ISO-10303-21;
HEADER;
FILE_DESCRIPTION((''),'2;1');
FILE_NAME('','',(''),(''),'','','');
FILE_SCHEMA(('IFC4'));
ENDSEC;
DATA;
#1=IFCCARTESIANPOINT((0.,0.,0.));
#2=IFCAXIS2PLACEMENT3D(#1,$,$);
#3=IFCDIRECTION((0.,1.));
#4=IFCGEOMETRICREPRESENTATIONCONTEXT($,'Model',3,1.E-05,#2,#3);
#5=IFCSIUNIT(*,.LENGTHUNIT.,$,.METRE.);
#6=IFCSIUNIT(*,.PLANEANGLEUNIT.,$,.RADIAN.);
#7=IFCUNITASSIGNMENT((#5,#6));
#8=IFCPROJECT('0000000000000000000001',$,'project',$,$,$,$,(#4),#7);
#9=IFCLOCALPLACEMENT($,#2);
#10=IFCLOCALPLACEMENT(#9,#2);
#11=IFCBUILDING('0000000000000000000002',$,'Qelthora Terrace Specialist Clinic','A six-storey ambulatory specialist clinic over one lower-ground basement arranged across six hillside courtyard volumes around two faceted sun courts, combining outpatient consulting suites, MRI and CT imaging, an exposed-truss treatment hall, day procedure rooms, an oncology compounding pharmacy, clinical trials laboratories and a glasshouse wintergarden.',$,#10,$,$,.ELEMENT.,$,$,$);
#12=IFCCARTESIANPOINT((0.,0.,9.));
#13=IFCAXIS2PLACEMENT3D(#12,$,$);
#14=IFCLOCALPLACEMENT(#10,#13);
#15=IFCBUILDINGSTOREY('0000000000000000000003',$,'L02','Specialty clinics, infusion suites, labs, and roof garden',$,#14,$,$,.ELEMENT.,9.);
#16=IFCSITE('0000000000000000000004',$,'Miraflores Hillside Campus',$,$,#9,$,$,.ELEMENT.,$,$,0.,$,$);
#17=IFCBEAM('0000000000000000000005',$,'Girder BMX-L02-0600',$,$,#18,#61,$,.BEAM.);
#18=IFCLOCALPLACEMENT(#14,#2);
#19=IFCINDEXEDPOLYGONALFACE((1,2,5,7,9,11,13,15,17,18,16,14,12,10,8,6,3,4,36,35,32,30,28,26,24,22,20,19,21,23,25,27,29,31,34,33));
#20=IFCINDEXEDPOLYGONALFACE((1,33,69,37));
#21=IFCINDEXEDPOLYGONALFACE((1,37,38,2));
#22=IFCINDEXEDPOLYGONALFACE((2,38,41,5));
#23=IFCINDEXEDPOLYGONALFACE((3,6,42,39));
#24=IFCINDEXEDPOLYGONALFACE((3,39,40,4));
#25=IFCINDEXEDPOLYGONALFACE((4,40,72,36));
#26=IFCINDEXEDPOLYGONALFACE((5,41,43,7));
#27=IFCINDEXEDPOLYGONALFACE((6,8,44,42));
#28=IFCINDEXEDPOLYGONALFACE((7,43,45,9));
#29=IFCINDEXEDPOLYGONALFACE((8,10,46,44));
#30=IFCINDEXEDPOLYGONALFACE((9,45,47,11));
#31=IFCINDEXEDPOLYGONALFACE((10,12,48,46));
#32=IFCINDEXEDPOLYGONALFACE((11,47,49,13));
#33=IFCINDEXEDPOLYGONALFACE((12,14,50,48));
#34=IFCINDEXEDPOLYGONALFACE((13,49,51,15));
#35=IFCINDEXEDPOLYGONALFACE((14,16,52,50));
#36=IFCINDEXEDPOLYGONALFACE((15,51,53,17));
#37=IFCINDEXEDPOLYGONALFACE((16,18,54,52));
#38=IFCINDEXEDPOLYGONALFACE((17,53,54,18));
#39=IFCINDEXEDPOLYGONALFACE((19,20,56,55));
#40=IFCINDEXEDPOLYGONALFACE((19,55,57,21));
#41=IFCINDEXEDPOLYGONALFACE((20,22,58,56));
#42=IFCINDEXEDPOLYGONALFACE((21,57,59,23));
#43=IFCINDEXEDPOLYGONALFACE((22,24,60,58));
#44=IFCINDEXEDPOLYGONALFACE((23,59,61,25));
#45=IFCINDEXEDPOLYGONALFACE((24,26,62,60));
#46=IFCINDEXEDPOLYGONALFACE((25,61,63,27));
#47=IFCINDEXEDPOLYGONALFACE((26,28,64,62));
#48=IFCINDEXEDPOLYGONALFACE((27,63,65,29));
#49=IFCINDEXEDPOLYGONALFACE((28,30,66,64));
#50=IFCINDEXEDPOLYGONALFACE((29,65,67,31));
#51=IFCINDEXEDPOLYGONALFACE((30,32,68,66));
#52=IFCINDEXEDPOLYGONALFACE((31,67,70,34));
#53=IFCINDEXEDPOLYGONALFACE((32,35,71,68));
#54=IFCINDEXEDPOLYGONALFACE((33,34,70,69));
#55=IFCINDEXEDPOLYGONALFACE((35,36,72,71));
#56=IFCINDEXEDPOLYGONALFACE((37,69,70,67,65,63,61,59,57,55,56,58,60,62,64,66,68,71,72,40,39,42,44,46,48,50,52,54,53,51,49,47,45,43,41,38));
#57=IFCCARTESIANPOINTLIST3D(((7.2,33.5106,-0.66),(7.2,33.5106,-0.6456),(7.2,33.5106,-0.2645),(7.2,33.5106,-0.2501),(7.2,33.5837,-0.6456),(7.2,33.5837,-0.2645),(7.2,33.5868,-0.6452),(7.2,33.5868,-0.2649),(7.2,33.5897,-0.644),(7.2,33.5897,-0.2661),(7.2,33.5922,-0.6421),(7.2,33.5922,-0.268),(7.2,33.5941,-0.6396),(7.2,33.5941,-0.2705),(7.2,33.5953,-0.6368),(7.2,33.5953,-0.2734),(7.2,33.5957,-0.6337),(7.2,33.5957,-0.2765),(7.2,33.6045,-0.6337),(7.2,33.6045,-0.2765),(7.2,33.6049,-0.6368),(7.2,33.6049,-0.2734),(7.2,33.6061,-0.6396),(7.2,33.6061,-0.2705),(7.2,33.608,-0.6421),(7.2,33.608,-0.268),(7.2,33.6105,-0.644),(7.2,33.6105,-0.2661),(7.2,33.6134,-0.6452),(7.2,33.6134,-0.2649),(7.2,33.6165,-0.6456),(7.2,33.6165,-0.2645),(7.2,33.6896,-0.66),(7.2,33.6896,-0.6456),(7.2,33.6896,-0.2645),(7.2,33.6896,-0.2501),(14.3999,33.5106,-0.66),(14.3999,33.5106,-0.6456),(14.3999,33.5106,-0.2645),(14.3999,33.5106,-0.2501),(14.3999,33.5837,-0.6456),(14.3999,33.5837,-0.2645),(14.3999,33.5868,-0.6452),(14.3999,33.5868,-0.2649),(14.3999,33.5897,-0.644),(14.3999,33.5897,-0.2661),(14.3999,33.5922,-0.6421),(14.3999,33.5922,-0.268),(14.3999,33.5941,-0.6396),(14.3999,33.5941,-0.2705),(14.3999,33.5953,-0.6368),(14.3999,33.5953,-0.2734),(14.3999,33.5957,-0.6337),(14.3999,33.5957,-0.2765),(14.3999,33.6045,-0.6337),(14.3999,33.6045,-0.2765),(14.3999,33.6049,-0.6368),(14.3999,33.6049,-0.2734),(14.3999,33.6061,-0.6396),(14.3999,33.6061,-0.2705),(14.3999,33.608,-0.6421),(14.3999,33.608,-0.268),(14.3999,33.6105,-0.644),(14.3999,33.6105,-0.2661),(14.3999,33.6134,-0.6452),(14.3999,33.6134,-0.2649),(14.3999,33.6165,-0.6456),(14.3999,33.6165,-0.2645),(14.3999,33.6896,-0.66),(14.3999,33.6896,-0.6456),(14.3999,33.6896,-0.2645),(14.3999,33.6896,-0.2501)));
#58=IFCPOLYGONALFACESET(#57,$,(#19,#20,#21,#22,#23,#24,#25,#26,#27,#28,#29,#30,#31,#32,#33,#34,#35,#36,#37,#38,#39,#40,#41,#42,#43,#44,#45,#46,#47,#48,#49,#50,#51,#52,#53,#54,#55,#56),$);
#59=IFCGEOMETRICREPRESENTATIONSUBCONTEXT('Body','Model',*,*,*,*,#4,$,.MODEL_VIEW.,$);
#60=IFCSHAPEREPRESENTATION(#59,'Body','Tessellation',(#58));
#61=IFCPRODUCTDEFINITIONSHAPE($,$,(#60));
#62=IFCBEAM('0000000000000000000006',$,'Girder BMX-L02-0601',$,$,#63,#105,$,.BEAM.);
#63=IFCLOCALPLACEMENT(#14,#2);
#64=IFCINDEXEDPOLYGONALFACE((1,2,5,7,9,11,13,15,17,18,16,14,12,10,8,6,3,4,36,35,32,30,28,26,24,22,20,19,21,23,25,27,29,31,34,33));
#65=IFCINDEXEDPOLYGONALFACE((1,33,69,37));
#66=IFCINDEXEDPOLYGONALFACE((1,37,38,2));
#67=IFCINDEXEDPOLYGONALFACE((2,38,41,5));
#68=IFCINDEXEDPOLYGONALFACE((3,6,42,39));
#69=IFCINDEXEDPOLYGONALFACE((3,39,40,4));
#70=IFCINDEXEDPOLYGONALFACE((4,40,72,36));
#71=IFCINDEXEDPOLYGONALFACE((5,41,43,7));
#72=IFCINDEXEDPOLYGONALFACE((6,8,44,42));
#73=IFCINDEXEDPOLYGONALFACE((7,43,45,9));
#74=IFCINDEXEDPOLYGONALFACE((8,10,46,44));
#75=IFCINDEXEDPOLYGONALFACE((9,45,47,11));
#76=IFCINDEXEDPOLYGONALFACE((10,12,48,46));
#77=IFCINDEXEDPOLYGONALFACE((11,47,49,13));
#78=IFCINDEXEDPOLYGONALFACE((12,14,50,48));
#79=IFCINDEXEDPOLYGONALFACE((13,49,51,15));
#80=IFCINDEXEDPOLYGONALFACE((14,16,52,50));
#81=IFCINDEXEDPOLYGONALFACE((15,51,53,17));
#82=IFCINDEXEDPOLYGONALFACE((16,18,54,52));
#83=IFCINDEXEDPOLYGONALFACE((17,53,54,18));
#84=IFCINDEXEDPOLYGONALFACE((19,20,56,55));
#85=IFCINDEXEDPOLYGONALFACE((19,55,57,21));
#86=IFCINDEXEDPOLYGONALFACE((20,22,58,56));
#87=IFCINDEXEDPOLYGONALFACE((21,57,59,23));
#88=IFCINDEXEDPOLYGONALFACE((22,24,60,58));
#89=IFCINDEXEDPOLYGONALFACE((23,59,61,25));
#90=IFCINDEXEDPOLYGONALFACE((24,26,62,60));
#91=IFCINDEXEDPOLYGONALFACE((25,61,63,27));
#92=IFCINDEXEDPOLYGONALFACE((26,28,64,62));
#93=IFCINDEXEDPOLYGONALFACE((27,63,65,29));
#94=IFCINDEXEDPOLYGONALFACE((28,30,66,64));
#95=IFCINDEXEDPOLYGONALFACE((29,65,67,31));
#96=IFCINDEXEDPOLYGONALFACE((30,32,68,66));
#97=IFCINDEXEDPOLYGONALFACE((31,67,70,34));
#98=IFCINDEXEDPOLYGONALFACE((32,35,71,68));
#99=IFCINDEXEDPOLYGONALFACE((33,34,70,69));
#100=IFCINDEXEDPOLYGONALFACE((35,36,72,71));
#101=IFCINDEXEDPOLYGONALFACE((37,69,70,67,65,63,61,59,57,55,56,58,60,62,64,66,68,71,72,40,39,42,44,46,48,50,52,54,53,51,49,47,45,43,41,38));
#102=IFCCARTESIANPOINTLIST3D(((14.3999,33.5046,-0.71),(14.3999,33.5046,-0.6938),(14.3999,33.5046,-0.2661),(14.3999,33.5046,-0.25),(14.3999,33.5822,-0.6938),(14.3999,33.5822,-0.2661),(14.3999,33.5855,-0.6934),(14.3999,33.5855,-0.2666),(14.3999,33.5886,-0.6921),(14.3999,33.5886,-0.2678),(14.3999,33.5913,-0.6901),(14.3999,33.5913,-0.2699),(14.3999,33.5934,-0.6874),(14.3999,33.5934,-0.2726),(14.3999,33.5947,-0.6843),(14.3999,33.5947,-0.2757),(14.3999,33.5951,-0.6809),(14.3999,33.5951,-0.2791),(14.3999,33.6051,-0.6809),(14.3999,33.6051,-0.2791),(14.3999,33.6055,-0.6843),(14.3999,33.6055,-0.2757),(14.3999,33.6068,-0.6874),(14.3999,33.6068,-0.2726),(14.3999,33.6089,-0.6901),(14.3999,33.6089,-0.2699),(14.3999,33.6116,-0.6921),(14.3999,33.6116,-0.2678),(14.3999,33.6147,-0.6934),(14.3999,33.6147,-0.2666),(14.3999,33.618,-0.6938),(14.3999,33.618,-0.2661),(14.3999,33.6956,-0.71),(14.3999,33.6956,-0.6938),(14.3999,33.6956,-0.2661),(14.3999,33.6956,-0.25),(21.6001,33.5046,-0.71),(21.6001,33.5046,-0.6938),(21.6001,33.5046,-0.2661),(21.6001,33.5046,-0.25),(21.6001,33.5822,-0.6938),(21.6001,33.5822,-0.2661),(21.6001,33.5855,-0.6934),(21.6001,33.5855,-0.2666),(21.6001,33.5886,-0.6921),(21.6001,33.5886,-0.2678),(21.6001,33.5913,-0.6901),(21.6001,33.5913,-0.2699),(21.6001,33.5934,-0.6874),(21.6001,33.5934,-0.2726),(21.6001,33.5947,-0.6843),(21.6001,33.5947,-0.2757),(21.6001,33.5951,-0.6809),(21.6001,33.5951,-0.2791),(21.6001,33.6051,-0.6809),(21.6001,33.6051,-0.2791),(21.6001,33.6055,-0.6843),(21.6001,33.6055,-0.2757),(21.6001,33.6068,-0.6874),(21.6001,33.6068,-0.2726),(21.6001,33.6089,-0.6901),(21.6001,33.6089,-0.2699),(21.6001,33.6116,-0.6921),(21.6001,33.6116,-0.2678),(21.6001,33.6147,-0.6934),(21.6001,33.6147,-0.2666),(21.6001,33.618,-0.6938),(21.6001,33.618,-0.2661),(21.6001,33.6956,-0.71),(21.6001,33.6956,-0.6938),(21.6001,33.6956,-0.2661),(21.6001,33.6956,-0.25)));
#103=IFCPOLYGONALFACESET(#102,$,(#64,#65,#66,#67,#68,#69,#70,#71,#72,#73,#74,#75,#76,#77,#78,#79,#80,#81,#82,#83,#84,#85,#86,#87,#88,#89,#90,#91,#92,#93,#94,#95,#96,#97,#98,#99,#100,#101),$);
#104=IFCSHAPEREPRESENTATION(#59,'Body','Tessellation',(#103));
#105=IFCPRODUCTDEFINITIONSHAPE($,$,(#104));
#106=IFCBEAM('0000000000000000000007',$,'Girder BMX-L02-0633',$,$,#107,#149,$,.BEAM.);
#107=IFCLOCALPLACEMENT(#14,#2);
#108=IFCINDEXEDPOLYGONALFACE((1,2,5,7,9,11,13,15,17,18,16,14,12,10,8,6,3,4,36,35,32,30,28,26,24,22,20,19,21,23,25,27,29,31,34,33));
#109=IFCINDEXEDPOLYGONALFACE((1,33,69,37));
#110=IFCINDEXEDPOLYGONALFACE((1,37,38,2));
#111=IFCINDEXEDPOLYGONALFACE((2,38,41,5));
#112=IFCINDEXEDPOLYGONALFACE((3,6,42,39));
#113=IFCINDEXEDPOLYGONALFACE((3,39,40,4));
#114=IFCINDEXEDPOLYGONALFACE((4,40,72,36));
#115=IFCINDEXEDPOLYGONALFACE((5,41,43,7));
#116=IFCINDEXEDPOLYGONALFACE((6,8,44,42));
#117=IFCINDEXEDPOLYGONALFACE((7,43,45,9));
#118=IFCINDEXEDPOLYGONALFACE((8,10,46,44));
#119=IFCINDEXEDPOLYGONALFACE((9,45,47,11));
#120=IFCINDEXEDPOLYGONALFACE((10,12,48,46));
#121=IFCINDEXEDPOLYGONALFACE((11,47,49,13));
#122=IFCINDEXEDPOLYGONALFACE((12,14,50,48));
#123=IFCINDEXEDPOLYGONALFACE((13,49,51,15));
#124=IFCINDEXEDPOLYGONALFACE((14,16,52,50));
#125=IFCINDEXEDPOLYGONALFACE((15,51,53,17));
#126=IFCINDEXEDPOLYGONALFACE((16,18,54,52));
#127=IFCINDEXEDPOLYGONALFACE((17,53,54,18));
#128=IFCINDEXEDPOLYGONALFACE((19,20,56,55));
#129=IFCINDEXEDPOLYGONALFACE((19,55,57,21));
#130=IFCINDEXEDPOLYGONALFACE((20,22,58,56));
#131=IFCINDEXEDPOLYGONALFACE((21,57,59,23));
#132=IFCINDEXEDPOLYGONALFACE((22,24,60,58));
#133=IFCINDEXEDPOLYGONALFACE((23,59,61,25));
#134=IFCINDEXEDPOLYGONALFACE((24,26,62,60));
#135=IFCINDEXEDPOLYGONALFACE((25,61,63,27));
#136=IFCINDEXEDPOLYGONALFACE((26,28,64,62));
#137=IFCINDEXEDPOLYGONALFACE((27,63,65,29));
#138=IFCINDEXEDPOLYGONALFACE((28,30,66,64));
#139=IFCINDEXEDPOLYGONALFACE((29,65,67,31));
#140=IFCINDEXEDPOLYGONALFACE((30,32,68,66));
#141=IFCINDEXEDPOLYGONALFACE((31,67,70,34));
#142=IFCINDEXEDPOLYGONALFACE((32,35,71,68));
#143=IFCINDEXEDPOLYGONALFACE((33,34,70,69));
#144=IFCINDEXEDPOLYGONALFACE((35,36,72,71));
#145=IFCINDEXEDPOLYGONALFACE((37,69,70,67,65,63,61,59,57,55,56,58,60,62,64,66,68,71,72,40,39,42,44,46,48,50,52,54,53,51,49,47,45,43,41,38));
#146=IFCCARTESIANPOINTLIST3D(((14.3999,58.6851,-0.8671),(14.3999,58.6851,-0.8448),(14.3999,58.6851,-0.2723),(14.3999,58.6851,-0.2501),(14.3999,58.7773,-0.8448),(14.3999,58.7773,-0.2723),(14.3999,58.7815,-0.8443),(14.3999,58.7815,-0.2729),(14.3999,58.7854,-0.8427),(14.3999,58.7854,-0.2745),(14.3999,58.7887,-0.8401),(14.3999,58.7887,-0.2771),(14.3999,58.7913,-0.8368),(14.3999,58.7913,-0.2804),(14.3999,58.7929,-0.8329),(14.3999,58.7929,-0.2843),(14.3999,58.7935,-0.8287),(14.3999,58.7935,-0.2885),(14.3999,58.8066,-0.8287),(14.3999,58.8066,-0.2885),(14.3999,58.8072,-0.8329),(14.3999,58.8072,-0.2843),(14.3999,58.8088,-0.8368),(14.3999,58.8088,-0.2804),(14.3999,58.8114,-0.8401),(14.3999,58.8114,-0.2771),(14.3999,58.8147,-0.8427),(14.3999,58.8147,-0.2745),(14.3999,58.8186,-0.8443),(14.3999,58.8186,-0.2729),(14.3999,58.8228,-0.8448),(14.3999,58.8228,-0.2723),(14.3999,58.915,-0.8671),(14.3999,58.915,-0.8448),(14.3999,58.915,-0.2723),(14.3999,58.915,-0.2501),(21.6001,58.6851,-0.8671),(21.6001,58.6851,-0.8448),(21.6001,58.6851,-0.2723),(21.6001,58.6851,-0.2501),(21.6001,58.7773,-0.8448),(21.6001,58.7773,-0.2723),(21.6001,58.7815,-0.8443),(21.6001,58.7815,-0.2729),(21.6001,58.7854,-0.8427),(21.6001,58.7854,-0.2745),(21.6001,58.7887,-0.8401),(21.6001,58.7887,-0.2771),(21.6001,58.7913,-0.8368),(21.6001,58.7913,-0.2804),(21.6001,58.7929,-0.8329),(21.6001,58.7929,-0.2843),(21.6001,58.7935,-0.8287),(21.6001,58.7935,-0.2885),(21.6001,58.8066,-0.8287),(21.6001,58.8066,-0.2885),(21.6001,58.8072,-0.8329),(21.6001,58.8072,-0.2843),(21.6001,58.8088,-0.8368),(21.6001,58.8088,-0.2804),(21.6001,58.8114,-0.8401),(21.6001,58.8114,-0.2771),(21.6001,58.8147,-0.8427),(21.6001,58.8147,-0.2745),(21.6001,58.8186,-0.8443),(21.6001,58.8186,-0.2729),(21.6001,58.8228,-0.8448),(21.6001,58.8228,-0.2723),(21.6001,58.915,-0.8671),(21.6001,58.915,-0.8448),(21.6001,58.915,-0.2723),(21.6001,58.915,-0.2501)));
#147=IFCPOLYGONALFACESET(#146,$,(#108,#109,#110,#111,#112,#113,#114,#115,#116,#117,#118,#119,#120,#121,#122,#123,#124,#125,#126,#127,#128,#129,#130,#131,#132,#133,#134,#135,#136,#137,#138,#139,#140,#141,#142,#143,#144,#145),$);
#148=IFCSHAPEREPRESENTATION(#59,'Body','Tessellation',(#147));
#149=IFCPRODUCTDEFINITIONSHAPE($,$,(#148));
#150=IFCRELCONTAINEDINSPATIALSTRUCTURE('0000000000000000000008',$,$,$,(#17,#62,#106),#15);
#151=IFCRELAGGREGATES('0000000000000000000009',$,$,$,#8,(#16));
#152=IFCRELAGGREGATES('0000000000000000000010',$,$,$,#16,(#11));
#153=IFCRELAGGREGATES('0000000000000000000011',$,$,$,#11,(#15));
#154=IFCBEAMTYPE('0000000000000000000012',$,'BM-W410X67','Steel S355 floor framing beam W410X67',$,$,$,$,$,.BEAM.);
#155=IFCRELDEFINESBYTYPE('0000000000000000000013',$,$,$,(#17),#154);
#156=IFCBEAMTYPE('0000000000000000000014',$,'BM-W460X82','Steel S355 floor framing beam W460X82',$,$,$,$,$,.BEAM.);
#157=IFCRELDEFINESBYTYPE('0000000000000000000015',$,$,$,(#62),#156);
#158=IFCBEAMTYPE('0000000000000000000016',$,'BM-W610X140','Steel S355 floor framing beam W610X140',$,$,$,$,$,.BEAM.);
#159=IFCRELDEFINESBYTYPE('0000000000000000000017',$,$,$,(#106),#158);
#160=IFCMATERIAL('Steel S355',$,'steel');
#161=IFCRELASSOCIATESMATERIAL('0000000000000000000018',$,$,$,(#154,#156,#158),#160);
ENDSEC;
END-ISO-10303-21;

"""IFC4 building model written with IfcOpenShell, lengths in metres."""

from ifc_helpers import new_model, si_unit, direction, frame, origin, origin_2d, place, context, subcontext, project, spatial, i_section, extrude, material, material_profile, profile_set, type_object, element, save


model = new_model("IFC4")

# Units and contexts
model_context = context("Model", 3, precision=1e-05, world=origin(), true_north=direction((0.0, 1.0)))
body_context = subcontext(model_context, "Body", "Model", "MODEL_VIEW")
ifc_project = project(units=[si_unit("LENGTHUNIT", "METRE"), si_unit("PLANEANGLEUNIT", "RADIAN")], contexts=[model_context])

# Site, building, storey
site_placement = place(None, origin())
site = spatial("IfcSite", under=ifc_project, at=site_placement, Name="Miraflores Hillside Campus", CompositionType="ELEMENT", RefElevation=0.0)
building_placement = place(site_placement, origin())
building = spatial("IfcBuilding", under=site, at=building_placement, Name="Qelthora Terrace Specialist Clinic", Description="A six-storey ambulatory specialist clinic over one lower-ground basement arranged across six hillside courtyard volumes around two faceted sun courts, combining outpatient consulting suites, MRI and CT imaging, an exposed-truss treatment hall, day procedure rooms, an oncology compounding pharmacy, clinical trials laboratories and a glasshouse wintergarden.", CompositionType="ELEMENT")
storey_placement = place(building_placement, frame((0.0, 0.0, 9.0)))
storey = spatial("IfcBuildingStorey", under=building, at=storey_placement, Name="L02", Description="Specialty clinics, infusion suites, labs, and roof garden", CompositionType="ELEMENT", Elevation=9.0)

# Shared definitions
ifc_material_1 = material(Name="Steel S355", Category="steel")

# Beams
ifc_material_profile_1 = material_profile(ifc_material_1, i_section(OverallWidth=0.179, OverallDepth=0.4099, WebThickness=0.0088, FlangeThickness=0.0144, FilletRadius=0.012, at=origin_2d()), Name="W410X67")
ifc_profile_set_1 = profile_set([ifc_material_profile_1], Name="Steel S355")
beam_type_1 = type_object("IfcBeamType", Name="BM-W410X67", Description="Steel S355 floor framing beam W410X67", PredefinedType="BEAM", material=ifc_profile_set_1)
beam_1_placement = place(storey_placement, frame((7.2, 33.6001, -0.4551), z_axis=(1.0, 0.0, 0.0), x_axis=(0.0, 1.0, 0.0)))
element("IfcBeam", 1, at=beam_1_placement, inside=storey, type_object=beam_type_1, Name="Girder BMX-L02-0600", PredefinedType="BEAM", context=body_context, shape_type="SweptSolid", body=[
    extrude(i_section(OverallWidth=0.179, OverallDepth=0.4099, WebThickness=0.0088, FlangeThickness=0.0144, FilletRadius=0.012, at=origin_2d()), origin(), (0.0, 0.0, 1.0), 7.2),
])
ifc_material_profile_2 = material_profile(ifc_material_1, i_section(OverallWidth=0.1909, OverallDepth=0.46, WebThickness=0.01, FlangeThickness=0.0161, FilletRadius=0.0129, at=origin_2d()), Name="W460X82")
ifc_profile_set_2 = profile_set([ifc_material_profile_2], Name="Steel S355")
beam_type_2 = type_object("IfcBeamType", Name="BM-W460X82", Description="Steel S355 floor framing beam W460X82", PredefinedType="BEAM", material=ifc_profile_set_2)
beam_2_placement = place(storey_placement, frame((14.3999, 33.6001, -0.48), z_axis=(1.0, 0.0, 0.0), x_axis=(0.0, 1.0, 0.0)))
element("IfcBeam", 2, at=beam_2_placement, inside=storey, type_object=beam_type_2, Name="Girder BMX-L02-0601", PredefinedType="BEAM", context=body_context, shape_type="SweptSolid", body=[
    extrude(i_section(OverallWidth=0.1909, OverallDepth=0.46, WebThickness=0.01, FlangeThickness=0.0161, FilletRadius=0.0129, at=origin_2d()), origin(), (0.0, 0.0, 1.0), 7.2002),
])
ifc_material_profile_3 = material_profile(ifc_material_1, i_section(OverallWidth=0.23, OverallDepth=0.6169, WebThickness=0.0132, FlangeThickness=0.0222, FilletRadius=0.0161, at=origin_2d()), Name="W610X140")
ifc_profile_set_3 = profile_set([ifc_material_profile_3], Name="Steel S355")
beam_type_3 = type_object("IfcBeamType", Name="BM-W610X140", Description="Steel S355 floor framing beam W610X140", PredefinedType="BEAM", material=ifc_profile_set_3)
beam_3_placement = place(storey_placement, frame((14.3999, 58.8, -0.5586), z_axis=(1.0, 0.0, 0.0), x_axis=(0.0, 1.0, 0.0)))
element("IfcBeam", 3, at=beam_3_placement, inside=storey, type_object=beam_type_3, Name="Girder BMX-L02-0633", PredefinedType="BEAM", context=body_context, shape_type="SweptSolid", body=[
    extrude(i_section(OverallWidth=0.23, OverallDepth=0.6169, WebThickness=0.0132, FlangeThickness=0.0222, FilletRadius=0.0161, at=origin_2d()), origin(), (0.0, 0.0, 1.0), 7.2002),
])

save(model, "model.ifc")
